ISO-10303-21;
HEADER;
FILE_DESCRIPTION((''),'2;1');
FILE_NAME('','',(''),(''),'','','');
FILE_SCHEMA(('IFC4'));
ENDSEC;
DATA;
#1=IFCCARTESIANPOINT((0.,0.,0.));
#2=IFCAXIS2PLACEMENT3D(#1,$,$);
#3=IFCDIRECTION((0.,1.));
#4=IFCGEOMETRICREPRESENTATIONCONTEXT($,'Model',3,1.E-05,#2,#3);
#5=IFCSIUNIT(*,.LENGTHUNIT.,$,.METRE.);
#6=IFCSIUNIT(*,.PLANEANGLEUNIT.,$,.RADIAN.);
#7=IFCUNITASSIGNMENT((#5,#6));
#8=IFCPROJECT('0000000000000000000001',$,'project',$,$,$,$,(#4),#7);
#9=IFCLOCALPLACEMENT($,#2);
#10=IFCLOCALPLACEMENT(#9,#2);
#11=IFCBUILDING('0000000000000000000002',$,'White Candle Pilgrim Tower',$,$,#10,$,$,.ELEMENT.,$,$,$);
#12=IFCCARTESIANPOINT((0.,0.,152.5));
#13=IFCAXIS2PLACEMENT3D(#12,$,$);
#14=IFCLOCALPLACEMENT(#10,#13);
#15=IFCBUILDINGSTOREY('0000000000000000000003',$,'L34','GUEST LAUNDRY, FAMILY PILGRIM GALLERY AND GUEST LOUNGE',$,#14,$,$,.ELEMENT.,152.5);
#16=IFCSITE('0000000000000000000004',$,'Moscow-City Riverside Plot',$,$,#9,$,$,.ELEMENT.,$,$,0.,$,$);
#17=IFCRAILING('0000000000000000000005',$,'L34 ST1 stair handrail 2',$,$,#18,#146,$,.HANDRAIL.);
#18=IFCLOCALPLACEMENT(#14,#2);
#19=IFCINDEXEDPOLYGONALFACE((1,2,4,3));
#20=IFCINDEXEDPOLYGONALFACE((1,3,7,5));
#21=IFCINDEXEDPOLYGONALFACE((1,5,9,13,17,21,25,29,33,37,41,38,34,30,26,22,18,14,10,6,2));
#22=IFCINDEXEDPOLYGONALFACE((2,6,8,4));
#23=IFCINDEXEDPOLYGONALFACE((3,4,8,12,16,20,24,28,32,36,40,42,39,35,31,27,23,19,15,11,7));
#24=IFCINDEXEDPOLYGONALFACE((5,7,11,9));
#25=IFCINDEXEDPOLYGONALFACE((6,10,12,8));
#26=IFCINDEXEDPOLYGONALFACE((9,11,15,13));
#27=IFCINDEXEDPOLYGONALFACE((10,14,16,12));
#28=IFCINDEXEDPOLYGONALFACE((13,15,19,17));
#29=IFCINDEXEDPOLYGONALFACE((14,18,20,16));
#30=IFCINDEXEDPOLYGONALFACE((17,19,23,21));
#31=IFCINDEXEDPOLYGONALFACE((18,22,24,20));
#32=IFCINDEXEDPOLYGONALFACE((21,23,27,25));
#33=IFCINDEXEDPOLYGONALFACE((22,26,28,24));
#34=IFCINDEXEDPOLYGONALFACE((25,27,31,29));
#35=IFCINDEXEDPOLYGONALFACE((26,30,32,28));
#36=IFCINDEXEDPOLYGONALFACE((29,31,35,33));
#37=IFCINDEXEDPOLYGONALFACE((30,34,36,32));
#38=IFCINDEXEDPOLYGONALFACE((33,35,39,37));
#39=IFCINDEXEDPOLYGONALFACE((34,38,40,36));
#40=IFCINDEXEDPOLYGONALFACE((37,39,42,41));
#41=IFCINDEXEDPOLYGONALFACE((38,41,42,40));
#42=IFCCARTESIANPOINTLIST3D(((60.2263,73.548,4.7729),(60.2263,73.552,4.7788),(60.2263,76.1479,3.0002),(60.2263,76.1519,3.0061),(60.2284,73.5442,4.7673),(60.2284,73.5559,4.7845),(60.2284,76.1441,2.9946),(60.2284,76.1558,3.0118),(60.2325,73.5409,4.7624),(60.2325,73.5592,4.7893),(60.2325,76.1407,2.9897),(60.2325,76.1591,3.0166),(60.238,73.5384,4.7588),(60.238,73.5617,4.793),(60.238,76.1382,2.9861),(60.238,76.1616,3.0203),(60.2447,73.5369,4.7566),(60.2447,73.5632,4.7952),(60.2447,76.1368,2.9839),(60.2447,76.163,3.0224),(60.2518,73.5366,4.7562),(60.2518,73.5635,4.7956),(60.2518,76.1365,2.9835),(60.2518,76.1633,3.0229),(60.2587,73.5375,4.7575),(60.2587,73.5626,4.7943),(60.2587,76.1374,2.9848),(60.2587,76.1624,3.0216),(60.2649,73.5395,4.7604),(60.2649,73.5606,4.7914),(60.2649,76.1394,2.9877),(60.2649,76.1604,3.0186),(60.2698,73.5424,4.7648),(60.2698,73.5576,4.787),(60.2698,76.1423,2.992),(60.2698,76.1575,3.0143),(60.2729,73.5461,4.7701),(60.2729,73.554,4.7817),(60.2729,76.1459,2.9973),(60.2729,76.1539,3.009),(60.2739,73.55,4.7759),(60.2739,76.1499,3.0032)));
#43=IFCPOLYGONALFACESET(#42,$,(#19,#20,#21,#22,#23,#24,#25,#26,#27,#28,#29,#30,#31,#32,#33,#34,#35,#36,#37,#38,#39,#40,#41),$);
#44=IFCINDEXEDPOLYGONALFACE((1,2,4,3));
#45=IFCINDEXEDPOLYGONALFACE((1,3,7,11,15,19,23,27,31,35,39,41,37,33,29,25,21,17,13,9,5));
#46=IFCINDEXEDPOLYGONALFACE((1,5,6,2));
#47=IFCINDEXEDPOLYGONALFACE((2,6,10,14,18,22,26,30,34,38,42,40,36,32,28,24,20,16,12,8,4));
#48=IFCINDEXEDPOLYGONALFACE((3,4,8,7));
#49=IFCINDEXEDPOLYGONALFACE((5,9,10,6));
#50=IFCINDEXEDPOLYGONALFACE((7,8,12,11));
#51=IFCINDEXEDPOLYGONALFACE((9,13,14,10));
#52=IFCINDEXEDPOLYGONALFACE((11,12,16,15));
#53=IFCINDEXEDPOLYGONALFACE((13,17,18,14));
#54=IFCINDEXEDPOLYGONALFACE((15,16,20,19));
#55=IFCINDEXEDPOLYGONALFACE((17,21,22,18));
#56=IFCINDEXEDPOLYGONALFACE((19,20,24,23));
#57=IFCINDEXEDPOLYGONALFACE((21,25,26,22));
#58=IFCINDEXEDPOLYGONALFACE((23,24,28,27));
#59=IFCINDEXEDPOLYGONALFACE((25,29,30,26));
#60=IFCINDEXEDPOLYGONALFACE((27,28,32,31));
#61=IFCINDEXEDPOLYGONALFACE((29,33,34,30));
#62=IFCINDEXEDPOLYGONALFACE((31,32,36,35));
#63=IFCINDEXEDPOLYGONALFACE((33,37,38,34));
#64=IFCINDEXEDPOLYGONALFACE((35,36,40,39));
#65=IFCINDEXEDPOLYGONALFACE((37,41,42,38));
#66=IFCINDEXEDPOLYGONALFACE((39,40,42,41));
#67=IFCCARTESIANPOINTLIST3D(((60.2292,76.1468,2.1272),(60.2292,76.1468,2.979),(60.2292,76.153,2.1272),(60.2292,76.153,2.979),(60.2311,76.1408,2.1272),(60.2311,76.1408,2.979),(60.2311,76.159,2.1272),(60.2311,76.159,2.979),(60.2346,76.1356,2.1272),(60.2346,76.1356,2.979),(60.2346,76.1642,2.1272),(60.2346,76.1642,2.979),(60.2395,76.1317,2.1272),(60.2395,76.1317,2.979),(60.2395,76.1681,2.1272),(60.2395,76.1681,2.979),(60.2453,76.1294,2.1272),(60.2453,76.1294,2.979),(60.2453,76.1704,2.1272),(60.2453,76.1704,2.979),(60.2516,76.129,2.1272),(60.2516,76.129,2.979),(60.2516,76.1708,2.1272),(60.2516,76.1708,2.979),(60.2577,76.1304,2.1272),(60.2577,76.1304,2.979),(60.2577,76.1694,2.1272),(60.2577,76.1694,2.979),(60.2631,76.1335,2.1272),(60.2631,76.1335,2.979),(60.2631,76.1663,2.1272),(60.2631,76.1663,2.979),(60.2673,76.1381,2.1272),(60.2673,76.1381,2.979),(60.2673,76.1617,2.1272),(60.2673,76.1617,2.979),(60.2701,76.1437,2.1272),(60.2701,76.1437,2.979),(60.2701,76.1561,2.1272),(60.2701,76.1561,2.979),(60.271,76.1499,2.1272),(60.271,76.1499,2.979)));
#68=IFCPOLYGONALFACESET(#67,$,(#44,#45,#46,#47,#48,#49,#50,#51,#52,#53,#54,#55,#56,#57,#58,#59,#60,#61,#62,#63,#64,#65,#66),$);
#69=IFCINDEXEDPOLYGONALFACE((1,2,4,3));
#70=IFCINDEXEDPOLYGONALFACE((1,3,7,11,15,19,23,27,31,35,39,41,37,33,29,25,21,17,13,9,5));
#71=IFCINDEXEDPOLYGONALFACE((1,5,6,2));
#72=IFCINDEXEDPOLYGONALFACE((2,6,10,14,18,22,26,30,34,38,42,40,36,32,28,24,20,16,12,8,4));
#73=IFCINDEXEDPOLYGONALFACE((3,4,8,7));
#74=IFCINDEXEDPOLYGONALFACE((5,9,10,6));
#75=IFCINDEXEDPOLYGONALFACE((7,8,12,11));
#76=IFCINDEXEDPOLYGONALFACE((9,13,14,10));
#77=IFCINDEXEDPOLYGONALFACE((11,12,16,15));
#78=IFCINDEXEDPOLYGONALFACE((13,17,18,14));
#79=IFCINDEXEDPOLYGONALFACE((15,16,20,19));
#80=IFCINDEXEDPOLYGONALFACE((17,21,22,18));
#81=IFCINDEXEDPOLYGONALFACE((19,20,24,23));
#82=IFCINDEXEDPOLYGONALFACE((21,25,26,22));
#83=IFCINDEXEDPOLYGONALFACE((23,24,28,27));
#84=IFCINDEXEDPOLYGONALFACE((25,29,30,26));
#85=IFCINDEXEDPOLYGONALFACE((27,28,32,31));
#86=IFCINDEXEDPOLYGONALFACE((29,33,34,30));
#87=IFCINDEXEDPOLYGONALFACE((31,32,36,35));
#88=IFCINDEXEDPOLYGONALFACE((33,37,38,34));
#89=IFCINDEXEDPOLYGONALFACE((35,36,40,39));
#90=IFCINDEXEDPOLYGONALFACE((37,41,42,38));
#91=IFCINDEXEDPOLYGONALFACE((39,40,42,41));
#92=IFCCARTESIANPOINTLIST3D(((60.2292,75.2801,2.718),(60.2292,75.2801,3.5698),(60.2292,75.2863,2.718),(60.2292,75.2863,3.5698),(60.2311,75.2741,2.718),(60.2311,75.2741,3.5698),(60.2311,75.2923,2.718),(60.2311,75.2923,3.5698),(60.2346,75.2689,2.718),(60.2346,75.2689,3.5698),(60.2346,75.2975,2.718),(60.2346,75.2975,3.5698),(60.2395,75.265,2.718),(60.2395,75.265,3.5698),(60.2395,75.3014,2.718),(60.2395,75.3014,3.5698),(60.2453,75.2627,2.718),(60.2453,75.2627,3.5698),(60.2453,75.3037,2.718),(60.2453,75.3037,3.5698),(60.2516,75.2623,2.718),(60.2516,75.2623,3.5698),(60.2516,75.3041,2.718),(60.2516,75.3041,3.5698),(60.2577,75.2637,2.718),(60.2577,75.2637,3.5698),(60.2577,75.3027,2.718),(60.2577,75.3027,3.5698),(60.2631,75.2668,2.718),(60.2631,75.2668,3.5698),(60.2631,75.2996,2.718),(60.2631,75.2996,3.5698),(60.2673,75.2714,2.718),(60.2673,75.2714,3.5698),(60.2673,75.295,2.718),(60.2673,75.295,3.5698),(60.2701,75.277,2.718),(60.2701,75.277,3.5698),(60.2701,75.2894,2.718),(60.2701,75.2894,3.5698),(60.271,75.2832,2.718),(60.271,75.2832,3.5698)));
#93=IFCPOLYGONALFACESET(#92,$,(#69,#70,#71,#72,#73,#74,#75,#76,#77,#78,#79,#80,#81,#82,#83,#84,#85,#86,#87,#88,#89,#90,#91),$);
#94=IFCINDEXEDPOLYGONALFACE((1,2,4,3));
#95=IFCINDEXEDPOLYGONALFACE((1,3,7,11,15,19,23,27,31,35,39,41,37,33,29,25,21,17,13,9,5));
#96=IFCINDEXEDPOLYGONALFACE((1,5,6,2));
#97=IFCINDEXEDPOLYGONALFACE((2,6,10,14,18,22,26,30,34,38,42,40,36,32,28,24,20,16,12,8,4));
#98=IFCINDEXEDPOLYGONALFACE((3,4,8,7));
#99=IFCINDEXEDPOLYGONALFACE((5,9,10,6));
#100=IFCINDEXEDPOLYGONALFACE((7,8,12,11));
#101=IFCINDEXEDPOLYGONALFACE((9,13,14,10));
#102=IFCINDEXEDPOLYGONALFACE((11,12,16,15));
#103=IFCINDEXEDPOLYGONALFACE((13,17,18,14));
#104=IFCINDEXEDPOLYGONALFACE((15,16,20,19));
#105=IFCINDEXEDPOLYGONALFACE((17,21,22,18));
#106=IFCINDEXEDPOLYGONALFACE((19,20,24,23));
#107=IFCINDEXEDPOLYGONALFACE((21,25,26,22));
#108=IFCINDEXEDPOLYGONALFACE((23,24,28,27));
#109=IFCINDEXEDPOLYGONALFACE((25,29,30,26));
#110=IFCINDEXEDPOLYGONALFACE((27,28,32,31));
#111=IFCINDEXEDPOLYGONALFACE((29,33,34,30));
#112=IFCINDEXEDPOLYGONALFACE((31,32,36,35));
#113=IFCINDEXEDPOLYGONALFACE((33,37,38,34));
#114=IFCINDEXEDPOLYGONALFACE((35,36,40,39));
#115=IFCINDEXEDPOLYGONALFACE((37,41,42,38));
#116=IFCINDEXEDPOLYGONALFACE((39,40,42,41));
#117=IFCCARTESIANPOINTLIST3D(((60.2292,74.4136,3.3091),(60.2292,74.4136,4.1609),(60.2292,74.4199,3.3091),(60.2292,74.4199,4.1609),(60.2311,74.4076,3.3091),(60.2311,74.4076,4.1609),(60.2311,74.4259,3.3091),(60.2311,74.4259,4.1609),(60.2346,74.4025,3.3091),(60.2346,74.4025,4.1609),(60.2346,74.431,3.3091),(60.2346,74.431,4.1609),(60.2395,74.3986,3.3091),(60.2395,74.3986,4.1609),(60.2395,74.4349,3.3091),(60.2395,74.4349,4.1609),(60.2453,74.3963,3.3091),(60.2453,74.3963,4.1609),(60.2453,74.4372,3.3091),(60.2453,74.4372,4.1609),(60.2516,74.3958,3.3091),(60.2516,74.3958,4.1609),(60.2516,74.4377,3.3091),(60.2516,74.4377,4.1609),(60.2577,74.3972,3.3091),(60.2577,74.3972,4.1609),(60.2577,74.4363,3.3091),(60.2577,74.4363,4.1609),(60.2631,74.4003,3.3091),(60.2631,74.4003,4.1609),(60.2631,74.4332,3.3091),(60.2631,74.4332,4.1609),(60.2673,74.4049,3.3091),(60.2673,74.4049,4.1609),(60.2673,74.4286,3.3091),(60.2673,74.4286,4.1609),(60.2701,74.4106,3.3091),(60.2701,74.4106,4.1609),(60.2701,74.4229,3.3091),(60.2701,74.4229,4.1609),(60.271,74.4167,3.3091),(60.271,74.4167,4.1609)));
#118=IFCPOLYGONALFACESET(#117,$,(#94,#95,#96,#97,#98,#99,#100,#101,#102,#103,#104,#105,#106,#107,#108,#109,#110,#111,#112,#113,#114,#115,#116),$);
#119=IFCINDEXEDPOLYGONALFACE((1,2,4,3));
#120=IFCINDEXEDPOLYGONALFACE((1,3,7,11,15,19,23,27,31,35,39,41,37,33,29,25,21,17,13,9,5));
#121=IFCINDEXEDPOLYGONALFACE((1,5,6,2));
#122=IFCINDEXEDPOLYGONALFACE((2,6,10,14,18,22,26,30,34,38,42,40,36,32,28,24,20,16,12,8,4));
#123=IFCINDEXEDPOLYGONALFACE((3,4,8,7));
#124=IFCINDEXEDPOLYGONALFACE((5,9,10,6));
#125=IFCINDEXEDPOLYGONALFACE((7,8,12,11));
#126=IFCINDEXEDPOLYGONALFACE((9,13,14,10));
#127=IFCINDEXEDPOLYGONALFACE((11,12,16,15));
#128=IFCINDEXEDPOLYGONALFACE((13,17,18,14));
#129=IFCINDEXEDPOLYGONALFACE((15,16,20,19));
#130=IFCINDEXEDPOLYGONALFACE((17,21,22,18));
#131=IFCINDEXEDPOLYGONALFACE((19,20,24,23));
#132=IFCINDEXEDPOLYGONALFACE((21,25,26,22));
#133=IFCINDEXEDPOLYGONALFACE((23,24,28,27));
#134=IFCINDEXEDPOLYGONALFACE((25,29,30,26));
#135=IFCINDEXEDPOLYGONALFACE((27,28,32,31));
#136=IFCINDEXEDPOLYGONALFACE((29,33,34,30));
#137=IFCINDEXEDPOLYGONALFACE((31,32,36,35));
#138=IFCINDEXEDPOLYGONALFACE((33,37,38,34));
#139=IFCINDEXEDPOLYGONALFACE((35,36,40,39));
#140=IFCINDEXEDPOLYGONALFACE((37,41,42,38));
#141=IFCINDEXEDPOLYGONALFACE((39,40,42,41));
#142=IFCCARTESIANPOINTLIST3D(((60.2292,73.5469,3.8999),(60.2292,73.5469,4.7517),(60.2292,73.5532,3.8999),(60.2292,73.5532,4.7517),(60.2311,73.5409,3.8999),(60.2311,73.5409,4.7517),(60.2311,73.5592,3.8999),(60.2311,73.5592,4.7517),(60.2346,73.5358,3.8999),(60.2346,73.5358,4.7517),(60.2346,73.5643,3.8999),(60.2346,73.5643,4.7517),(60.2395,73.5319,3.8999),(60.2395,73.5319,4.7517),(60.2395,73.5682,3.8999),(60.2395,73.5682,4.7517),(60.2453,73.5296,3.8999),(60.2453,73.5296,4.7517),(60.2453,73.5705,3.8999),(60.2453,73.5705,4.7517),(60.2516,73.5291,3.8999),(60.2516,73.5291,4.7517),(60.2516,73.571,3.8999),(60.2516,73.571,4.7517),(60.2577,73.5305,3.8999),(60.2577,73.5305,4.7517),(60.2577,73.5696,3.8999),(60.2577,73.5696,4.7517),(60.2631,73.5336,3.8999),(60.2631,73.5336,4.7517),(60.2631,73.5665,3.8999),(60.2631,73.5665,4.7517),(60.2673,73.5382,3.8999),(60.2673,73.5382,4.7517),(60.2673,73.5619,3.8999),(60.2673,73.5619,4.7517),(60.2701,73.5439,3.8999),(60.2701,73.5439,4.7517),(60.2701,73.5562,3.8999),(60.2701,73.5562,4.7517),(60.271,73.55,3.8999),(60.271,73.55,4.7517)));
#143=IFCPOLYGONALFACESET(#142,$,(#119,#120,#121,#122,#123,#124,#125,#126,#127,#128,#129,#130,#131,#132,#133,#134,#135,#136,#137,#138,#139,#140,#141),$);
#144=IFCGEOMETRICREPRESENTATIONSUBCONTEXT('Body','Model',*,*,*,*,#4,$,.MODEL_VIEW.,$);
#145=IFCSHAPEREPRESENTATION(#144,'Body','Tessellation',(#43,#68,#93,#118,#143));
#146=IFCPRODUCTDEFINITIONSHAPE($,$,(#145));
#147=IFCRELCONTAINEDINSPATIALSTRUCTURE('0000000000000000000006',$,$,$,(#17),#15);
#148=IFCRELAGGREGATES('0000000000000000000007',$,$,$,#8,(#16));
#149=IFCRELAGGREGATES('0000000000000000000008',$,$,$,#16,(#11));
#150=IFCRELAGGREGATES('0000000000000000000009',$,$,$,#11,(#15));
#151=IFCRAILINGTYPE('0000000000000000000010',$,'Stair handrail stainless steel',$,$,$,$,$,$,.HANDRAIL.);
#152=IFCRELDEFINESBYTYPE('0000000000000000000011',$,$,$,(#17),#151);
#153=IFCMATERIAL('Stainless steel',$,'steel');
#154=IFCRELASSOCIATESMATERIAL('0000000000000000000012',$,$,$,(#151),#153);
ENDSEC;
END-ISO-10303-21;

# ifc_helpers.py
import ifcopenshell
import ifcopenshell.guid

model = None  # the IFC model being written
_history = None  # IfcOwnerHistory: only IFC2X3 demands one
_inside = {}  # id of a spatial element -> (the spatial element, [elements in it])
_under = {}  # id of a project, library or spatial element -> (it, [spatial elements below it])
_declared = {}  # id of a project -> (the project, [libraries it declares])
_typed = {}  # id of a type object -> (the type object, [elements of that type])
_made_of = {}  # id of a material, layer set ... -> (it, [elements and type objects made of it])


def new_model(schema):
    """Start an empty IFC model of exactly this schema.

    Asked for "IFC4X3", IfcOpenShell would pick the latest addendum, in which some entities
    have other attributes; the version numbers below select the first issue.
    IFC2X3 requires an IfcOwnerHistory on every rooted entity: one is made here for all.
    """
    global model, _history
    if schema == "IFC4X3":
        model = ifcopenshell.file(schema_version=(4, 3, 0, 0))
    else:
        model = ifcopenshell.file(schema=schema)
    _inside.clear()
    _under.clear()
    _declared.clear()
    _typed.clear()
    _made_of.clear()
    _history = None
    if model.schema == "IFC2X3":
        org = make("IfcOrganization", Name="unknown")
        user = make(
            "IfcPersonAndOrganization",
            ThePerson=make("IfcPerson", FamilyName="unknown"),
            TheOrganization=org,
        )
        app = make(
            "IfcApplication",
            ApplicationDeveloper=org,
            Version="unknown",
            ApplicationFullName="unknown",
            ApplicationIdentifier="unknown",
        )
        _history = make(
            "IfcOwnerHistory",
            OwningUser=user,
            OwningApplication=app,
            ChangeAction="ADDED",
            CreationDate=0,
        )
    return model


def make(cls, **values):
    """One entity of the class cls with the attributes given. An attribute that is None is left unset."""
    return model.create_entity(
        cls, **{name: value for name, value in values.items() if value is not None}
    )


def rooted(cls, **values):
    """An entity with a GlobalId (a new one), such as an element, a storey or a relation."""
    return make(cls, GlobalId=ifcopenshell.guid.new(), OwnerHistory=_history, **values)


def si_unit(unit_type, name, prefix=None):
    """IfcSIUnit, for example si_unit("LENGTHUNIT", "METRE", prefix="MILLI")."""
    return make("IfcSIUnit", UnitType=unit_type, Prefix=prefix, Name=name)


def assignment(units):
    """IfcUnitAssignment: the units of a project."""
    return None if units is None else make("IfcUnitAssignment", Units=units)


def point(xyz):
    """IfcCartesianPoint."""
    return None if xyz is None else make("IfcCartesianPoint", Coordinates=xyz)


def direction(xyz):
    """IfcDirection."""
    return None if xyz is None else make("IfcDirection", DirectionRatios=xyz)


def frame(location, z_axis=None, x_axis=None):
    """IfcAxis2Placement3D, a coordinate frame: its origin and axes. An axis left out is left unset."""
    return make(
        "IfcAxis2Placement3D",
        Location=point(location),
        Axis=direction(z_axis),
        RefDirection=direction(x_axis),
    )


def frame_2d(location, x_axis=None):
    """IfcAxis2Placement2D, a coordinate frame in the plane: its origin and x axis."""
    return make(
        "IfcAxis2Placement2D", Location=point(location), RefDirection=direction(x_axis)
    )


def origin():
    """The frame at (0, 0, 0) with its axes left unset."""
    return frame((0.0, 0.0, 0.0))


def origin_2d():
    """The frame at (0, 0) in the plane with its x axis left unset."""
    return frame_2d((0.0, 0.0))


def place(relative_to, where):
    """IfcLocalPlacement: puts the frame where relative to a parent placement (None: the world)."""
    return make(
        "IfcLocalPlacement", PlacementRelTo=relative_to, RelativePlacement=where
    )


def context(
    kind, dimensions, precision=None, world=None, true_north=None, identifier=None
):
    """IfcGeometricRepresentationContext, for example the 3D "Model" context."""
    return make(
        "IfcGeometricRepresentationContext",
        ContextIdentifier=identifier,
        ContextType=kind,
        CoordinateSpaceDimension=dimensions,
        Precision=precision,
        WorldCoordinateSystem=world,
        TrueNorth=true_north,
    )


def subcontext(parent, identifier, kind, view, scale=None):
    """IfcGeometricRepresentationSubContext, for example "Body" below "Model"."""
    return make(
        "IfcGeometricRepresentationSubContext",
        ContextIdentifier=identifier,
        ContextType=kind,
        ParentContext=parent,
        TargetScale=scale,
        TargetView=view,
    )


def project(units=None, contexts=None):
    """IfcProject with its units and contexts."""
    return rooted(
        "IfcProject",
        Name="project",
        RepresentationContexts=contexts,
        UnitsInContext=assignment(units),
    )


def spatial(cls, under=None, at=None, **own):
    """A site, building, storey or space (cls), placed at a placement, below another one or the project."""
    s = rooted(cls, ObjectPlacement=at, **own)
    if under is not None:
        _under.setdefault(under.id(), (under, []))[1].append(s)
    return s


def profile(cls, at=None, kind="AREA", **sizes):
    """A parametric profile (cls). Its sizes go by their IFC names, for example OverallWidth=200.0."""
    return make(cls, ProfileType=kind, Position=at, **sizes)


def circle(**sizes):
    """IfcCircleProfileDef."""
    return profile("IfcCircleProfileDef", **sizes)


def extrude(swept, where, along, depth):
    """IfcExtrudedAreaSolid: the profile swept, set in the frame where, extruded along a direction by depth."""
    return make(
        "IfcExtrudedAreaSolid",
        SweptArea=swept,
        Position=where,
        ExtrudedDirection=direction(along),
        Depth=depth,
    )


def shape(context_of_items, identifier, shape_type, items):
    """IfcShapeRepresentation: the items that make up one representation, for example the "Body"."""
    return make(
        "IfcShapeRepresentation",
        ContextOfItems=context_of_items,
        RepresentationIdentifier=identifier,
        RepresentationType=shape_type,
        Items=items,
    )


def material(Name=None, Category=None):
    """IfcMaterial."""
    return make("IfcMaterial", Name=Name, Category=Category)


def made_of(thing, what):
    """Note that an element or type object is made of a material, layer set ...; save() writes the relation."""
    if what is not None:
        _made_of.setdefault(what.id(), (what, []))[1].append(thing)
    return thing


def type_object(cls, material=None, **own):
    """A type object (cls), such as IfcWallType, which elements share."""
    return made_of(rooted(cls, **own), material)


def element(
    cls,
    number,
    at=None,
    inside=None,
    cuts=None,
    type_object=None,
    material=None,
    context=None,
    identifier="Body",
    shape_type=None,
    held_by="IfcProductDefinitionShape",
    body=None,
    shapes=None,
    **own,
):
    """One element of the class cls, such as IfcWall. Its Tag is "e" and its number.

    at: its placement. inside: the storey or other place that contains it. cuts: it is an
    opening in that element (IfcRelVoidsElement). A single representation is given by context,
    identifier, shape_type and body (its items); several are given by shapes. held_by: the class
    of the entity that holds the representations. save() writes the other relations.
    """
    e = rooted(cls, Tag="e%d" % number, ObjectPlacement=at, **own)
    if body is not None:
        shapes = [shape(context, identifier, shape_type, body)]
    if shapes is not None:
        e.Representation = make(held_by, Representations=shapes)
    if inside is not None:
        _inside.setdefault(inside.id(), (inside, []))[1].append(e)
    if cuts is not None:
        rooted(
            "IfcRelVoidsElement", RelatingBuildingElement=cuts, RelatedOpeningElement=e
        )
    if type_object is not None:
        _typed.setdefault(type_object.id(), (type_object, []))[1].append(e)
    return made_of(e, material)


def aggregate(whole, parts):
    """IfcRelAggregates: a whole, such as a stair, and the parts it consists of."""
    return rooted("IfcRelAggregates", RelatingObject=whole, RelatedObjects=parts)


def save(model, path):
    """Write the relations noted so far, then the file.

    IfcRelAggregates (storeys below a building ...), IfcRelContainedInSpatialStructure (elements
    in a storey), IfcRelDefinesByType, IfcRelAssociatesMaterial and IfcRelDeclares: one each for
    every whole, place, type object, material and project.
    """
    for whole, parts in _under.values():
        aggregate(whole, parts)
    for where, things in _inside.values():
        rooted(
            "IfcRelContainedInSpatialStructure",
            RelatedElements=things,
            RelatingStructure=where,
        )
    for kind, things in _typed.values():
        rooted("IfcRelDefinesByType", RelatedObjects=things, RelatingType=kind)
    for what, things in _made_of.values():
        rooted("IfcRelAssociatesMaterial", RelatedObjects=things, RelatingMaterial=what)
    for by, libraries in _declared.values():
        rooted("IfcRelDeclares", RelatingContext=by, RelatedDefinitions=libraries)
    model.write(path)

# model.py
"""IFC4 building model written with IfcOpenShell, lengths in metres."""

from ifc_helpers import new_model, si_unit, direction, frame, origin, origin_2d, place, context, subcontext, project, spatial, circle, extrude, material, type_object, element, save


model = new_model("IFC4")

# Units and contexts
model_context = context("Model", 3, precision=1e-05, world=origin(), true_north=direction((0.0, 1.0)))
body_context = subcontext(model_context, "Body", "Model", "MODEL_VIEW")
ifc_project = project(units=[si_unit("LENGTHUNIT", "METRE"), si_unit("PLANEANGLEUNIT", "RADIAN")], contexts=[model_context])

# Site, building, storey
site_placement = place(None, origin())
site = spatial("IfcSite", under=ifc_project, at=site_placement, Name="Moscow-City Riverside Plot", CompositionType="ELEMENT", RefElevation=0.0)
building_placement = place(site_placement, origin())
building = spatial("IfcBuilding", under=site, at=building_placement, Name="White Candle Pilgrim Tower", CompositionType="ELEMENT")
storey_placement = place(building_placement, frame((0.0, 0.0, 152.5)))
storey = spatial("IfcBuildingStorey", under=building, at=storey_placement, Name="L34", Description="GUEST LAUNDRY, FAMILY PILGRIM GALLERY AND GUEST LOUNGE", CompositionType="ELEMENT", Elevation=152.5)

# Shared definitions
ifc_material_1 = material(Name="Stainless steel", Category="steel")

# Railing
railing_type_1 = type_object("IfcRailingType", Name="Stair handrail stainless steel", PredefinedType="HANDRAIL", material=ifc_material_1)
railing_1_placement = place(storey_placement, frame((60.25, 76.1499, 2.1272)))
element("IfcRailing", 1, at=railing_1_placement, inside=storey, type_object=railing_type_1, Name="L34 ST1 stair handrail 2", PredefinedType="HANDRAIL", context=body_context, shape_type="SweptSolid", body=[
    extrude(circle(Radius=0.0239, at=origin_2d()), frame((0.0, 0.0, 0.876), z_axis=(0.0, -0.826216, 0.563354), x_axis=(1.0, 0.0, 0.0)), (0.0, 0.0, 1.0), 3.1467),
    extrude(circle(Radius=0.021, at=origin_2d()), origin(), (0.0, 0.0, 1.0), 0.8518),
    extrude(circle(Radius=0.021, at=origin_2d()), frame((0.0, -0.8667, 0.5908)), (0.0, 0.0, 1.0), 0.8518),
    extrude(circle(Radius=0.021, at=origin_2d()), frame((0.0, -1.7332, 1.1819)), (0.0, 0.0, 1.0), 0.8518),
    extrude(circle(Radius=0.021, at=origin_2d()), frame((0.0, -2.5999, 1.7727)), (0.0, 0.0, 1.0), 0.8518),
])

save(model, "model.ifc")
